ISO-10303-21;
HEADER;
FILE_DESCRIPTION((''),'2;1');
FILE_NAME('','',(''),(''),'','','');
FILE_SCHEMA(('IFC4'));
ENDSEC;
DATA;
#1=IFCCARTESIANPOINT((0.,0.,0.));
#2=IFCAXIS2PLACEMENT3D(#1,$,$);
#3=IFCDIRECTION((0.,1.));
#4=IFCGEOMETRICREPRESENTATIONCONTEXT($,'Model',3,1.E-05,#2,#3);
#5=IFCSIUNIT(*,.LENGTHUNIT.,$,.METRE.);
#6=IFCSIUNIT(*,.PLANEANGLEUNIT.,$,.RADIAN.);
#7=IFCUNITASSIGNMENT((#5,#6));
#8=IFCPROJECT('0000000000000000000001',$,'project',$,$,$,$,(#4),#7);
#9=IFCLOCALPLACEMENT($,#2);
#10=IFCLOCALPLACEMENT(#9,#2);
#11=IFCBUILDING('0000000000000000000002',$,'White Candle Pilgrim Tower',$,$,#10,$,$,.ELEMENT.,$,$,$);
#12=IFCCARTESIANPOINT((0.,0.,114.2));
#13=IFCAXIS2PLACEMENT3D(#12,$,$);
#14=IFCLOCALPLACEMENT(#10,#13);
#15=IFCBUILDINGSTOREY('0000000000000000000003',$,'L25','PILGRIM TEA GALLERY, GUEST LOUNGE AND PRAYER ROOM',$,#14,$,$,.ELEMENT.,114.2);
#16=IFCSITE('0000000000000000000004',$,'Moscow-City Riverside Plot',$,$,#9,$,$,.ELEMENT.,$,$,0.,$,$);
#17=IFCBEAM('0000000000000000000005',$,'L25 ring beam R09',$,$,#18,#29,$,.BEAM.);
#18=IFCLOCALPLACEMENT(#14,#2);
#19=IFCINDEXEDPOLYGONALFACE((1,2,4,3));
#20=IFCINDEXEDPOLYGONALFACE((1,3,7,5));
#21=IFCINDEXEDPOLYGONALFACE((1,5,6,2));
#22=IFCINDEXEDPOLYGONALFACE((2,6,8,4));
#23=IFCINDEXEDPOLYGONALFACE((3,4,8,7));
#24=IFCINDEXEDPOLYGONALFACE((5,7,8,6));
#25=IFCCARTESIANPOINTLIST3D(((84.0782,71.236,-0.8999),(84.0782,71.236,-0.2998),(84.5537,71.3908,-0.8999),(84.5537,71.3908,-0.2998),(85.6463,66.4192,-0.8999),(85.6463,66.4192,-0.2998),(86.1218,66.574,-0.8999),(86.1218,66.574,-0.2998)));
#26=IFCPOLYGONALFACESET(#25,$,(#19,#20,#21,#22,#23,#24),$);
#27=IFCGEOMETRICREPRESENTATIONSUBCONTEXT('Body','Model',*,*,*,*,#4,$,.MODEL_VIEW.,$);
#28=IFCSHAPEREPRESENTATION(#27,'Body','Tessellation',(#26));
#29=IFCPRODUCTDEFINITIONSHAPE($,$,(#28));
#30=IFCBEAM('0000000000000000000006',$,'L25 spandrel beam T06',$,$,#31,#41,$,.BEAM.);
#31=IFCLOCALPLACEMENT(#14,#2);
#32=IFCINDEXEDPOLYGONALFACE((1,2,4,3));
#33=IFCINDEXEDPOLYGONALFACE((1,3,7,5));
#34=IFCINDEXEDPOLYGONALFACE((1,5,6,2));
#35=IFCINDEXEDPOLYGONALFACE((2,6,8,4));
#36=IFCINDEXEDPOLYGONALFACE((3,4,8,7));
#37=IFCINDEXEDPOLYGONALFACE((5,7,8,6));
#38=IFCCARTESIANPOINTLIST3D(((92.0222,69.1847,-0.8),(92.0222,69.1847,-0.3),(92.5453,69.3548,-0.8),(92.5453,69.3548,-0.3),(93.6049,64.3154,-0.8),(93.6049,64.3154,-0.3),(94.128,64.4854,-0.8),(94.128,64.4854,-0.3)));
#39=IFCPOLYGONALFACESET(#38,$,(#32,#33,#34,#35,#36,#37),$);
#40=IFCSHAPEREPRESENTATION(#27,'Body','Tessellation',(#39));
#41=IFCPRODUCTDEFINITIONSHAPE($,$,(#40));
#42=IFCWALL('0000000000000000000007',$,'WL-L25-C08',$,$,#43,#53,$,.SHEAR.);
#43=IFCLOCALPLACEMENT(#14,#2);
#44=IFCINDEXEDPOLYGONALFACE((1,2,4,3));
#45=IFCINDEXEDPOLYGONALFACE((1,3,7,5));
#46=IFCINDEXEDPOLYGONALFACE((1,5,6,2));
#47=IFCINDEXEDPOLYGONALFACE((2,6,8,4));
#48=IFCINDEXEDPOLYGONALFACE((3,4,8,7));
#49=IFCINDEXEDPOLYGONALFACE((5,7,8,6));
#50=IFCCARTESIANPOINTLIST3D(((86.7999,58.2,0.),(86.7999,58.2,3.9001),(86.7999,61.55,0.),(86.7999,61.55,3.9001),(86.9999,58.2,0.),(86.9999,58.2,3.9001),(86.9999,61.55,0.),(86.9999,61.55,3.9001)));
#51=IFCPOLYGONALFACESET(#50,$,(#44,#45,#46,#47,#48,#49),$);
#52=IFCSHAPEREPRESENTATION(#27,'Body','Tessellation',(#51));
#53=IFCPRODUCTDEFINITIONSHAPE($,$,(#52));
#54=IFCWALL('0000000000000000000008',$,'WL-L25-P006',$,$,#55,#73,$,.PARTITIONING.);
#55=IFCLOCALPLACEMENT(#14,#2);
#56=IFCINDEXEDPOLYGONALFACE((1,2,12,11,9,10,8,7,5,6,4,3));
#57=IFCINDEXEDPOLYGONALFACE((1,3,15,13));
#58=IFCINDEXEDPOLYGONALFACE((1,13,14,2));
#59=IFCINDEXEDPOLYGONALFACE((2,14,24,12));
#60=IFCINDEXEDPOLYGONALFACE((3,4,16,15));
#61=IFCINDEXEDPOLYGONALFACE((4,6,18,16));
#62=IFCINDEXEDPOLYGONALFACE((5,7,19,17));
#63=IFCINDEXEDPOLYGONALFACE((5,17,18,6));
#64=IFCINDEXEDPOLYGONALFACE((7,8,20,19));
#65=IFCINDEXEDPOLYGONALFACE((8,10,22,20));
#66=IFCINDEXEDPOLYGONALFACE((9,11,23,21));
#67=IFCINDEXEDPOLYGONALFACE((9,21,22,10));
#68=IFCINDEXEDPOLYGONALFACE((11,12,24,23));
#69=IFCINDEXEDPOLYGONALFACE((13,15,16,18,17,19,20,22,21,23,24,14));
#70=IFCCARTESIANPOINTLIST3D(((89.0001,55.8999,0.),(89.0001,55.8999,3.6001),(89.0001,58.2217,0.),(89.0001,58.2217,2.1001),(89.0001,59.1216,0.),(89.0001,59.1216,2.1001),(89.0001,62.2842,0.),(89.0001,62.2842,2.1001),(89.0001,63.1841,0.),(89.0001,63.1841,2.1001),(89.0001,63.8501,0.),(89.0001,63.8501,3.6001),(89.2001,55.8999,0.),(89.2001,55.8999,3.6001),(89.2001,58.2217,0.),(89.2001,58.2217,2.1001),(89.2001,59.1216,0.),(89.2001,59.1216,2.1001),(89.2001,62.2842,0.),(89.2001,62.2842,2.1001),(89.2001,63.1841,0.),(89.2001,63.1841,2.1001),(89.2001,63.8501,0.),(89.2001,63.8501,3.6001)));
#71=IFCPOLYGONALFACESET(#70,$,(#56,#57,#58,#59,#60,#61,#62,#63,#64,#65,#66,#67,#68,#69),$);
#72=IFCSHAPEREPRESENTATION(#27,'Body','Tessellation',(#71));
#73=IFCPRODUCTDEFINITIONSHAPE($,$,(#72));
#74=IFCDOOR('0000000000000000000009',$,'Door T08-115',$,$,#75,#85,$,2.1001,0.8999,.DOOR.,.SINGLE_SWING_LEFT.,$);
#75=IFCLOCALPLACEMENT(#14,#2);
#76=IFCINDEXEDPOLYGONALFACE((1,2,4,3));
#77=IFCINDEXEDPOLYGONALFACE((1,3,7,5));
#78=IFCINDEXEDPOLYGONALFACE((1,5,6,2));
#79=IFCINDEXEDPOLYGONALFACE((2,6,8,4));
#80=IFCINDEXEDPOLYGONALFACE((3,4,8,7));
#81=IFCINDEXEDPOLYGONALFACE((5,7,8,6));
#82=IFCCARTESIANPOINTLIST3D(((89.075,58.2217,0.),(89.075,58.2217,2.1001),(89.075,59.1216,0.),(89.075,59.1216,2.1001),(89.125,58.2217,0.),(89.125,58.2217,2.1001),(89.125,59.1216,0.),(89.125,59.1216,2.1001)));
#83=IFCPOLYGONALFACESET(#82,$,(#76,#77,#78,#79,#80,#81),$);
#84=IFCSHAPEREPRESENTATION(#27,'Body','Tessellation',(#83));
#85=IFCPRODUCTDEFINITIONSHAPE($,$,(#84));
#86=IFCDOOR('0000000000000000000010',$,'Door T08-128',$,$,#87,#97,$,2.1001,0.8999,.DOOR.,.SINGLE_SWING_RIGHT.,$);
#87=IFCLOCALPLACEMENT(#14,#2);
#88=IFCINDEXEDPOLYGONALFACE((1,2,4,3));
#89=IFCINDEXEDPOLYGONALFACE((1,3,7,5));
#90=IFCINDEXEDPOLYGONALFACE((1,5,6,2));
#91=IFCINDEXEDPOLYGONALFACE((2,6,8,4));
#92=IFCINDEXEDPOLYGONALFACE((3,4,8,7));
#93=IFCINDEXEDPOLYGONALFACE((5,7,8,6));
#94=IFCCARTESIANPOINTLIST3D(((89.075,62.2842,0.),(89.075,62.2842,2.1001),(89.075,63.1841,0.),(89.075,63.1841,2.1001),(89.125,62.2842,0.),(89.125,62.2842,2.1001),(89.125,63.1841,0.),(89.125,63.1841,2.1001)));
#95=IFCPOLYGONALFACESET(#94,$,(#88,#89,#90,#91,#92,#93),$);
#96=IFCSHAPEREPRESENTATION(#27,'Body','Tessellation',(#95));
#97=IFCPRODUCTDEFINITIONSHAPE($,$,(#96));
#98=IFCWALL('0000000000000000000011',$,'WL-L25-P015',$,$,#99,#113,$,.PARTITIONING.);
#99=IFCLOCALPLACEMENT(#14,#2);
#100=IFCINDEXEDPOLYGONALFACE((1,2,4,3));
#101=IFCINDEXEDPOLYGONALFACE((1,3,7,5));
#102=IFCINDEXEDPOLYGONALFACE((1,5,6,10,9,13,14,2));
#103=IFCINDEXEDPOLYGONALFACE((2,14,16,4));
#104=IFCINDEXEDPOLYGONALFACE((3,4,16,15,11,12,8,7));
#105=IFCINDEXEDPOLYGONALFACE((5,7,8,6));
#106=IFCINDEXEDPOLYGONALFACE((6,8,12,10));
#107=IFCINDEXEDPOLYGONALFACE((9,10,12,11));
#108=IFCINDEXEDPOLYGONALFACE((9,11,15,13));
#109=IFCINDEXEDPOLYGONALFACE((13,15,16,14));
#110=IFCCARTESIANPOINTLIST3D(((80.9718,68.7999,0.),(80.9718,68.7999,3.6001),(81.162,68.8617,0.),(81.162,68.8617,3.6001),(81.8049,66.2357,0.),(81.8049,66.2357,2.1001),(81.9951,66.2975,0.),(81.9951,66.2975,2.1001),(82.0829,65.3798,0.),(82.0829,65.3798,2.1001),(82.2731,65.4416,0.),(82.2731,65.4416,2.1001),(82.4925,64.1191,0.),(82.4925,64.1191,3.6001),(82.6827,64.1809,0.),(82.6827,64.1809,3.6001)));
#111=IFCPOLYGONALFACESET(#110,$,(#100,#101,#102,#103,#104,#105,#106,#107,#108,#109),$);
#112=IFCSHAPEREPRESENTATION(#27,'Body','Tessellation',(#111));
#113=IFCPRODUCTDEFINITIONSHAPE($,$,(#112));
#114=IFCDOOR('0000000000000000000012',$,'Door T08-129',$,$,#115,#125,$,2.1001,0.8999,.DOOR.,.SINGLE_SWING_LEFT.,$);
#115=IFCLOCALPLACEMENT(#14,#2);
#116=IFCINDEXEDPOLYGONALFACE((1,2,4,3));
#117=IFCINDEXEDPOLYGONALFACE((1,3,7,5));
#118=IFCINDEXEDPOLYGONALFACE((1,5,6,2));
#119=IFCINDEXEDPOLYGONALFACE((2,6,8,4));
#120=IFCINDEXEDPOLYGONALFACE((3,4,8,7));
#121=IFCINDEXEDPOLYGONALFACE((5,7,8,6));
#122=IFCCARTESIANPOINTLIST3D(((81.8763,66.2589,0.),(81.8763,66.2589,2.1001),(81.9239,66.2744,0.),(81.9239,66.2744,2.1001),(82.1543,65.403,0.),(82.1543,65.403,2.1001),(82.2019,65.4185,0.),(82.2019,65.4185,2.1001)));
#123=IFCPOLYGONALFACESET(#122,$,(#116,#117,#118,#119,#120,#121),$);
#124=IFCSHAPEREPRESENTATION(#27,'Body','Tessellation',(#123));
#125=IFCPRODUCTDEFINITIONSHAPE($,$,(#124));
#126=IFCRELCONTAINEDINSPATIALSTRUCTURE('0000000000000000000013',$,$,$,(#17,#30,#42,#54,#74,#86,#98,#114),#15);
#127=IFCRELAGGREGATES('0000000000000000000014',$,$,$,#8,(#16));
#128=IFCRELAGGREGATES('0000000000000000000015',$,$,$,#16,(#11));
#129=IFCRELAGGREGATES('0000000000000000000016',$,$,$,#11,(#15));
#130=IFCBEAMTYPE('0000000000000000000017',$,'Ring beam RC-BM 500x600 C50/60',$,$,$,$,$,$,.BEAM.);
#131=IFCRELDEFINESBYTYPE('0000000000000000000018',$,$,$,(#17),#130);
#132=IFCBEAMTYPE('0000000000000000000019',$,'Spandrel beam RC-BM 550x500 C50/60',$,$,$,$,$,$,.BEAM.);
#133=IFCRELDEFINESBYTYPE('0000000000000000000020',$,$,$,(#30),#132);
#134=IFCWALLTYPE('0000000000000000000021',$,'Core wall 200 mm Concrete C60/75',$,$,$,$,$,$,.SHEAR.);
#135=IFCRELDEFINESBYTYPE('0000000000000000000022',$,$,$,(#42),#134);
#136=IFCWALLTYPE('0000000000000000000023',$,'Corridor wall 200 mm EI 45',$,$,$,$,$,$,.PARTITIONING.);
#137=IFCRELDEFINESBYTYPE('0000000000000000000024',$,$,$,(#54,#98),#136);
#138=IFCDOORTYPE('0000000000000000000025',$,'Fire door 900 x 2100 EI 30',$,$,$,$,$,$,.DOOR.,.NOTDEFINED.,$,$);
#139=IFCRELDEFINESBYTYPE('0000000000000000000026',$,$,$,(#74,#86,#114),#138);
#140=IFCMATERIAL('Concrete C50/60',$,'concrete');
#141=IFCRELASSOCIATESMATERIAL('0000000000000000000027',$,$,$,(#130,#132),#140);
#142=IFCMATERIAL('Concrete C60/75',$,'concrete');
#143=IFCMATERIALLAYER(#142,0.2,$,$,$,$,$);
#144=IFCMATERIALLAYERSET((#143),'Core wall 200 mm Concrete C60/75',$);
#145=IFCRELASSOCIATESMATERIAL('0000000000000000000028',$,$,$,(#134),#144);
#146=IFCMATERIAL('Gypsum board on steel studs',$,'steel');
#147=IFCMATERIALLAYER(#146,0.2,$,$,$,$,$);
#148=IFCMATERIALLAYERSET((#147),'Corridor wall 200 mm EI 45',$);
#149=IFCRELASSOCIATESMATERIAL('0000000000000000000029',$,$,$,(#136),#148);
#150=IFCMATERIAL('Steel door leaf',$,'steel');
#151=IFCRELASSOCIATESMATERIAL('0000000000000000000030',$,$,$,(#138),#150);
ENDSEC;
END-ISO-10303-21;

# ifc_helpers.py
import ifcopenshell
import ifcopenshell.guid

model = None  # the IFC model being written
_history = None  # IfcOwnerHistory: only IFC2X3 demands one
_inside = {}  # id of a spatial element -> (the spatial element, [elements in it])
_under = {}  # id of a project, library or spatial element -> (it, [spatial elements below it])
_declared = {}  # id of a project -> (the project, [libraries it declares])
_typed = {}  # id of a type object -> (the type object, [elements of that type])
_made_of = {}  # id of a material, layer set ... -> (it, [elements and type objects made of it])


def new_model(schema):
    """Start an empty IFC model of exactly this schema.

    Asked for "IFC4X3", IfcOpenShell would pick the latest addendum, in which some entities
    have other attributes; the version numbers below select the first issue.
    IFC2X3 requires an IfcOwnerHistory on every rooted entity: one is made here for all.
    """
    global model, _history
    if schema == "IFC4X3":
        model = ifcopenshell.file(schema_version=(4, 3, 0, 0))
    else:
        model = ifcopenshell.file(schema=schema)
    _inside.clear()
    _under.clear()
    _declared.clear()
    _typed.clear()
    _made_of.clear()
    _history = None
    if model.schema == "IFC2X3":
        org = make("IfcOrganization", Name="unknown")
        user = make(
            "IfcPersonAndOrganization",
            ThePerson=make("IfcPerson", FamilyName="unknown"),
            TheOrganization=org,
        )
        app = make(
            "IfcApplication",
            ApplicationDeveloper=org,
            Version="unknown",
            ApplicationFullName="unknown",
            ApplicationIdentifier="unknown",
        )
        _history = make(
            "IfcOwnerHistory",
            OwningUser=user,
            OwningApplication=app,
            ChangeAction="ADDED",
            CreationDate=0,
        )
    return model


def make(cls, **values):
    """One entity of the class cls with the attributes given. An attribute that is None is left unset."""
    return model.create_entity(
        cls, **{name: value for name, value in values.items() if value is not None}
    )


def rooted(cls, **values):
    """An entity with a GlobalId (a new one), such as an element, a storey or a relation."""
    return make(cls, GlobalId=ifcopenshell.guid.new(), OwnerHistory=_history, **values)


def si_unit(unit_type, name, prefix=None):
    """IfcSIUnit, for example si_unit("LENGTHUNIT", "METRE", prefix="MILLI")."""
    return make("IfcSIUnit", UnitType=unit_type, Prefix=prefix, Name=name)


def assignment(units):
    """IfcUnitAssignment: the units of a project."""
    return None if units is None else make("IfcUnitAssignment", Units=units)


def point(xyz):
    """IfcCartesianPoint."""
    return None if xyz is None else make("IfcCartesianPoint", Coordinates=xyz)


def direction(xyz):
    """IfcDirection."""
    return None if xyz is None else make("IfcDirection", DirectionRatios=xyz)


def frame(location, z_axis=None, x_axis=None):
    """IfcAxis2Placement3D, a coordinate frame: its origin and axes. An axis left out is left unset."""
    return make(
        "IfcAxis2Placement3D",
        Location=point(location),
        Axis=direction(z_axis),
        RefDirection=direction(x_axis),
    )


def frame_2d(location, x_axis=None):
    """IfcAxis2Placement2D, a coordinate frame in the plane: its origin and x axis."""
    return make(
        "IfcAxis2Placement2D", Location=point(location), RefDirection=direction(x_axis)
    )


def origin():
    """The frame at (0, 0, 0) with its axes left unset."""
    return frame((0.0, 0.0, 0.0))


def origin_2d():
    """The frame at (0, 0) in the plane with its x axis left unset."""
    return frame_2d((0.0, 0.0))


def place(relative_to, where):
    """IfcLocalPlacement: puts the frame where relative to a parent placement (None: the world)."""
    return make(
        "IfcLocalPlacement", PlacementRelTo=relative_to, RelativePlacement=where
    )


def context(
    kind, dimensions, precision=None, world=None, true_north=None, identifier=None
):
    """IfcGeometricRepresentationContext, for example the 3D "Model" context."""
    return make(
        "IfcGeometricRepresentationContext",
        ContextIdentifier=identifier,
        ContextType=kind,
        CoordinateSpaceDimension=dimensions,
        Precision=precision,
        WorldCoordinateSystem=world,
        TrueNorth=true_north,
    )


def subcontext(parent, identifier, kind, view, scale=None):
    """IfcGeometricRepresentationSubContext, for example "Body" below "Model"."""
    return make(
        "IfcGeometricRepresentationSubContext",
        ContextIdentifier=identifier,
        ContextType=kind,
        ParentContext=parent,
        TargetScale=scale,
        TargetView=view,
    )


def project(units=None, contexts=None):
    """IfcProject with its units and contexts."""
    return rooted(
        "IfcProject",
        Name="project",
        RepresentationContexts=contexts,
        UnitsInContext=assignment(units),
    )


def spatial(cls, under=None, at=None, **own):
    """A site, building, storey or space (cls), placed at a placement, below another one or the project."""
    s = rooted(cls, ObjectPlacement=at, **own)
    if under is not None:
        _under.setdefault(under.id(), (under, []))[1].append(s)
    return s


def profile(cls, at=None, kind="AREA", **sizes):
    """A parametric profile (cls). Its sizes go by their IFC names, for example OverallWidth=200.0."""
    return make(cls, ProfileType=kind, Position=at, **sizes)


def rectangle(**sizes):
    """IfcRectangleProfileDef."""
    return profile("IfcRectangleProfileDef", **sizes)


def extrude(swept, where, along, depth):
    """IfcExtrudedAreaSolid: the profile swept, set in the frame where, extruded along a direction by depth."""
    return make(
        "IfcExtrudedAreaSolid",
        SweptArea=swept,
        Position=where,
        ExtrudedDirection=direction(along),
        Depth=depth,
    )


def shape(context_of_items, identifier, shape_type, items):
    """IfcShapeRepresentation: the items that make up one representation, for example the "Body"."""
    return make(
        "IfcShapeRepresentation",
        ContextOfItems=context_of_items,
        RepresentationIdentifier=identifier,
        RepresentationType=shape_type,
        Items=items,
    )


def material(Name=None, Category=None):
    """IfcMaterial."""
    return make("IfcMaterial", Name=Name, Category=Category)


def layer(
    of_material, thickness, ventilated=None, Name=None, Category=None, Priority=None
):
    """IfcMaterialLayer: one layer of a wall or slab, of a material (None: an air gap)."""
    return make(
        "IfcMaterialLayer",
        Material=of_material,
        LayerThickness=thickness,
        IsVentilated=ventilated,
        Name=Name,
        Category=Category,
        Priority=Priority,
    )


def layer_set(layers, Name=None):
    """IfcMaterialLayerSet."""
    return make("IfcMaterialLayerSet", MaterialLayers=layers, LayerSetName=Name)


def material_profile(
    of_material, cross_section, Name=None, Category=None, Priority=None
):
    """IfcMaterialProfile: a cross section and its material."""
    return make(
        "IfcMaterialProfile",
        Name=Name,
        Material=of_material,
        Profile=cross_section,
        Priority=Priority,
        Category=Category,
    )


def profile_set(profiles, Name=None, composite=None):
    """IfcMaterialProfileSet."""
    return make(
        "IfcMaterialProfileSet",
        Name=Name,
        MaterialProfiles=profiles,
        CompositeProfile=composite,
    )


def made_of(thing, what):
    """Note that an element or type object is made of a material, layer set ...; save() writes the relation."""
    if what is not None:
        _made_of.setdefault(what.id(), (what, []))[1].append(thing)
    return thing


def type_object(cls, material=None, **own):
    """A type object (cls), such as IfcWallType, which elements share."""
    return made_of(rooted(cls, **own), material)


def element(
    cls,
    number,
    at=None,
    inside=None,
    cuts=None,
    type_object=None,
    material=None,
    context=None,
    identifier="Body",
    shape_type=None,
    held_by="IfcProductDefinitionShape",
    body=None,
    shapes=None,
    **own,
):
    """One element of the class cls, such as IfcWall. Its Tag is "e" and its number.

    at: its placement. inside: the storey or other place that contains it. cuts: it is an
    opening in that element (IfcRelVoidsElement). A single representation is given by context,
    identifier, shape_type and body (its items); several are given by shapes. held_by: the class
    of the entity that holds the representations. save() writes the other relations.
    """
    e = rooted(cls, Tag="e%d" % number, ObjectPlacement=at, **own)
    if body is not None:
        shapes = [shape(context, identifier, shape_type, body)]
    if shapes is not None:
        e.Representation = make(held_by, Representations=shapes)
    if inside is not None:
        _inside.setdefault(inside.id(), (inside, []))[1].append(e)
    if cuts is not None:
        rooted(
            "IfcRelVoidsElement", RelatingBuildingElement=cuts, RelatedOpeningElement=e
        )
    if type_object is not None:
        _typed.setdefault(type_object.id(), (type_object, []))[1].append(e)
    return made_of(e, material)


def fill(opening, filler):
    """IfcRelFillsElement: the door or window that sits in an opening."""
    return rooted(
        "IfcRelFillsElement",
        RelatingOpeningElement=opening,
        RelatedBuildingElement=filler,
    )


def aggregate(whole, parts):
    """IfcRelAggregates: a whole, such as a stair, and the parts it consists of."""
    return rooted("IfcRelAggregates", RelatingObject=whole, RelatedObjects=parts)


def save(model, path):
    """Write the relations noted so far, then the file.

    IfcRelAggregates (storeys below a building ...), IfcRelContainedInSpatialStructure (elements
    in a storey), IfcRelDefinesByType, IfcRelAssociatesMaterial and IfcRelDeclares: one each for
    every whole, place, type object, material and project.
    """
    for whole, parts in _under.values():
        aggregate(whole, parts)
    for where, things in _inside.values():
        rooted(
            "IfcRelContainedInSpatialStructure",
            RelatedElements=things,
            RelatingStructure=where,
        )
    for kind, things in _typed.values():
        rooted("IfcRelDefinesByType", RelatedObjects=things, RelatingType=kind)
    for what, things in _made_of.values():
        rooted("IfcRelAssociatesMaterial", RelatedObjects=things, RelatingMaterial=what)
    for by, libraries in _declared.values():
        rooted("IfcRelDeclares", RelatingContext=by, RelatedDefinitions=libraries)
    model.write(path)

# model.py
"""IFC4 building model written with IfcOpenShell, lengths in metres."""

from ifc_helpers import new_model, si_unit, direction, frame, frame_2d, origin, origin_2d, place, context, subcontext, project, spatial, rectangle, extrude, material, layer, layer_set, material_profile, profile_set, type_object, element, fill, save


model = new_model("IFC4")

# Units and contexts
model_context = context("Model", 3, precision=1e-05, world=origin(), true_north=direction((0.0, 1.0)))
body_context = subcontext(model_context, "Body", "Model", "MODEL_VIEW")
ifc_project = project(units=[si_unit("LENGTHUNIT", "METRE"), si_unit("PLANEANGLEUNIT", "RADIAN")], contexts=[model_context])

# Site, building, storey
site_placement = place(None, origin())
site = spatial("IfcSite", under=ifc_project, at=site_placement, Name="Moscow-City Riverside Plot", CompositionType="ELEMENT", RefElevation=0.0)
building_placement = place(site_placement, origin())
building = spatial("IfcBuilding", under=site, at=building_placement, Name="White Candle Pilgrim Tower", CompositionType="ELEMENT")
storey_placement = place(building_placement, frame((0.0, 0.0, 114.2)))
storey = spatial("IfcBuildingStorey", under=building, at=storey_placement, Name="L25", Description="PILGRIM TEA GALLERY, GUEST LOUNGE AND PRAYER ROOM", CompositionType="ELEMENT", Elevation=114.2)

# Beams
ifc_material_1 = material(Name="Concrete C50/60", Category="concrete")
ifc_material_profile_1 = material_profile(ifc_material_1, rectangle(XDim=0.5, YDim=0.6001, at=origin_2d()), Name="RC-BM 500x600")
ifc_profile_set_1 = profile_set([ifc_material_profile_1], Name="Concrete C50/60")
beam_type_1 = type_object("IfcBeamType", Name="Ring beam RC-BM 500x600 C50/60", PredefinedType="BEAM", material=ifc_profile_set_1)
beam_1_placement = place(storey_placement, frame((85.884, 66.4966, -0.5999), z_axis=(-0.309555, 0.950882, 0.0), x_axis=(-0.950882, -0.309555, 0.0)))
element("IfcBeam", 1, at=beam_1_placement, inside=storey, type_object=beam_type_1, Name="L25 ring beam R09", PredefinedType="BEAM", context=body_context, shape_type="SweptSolid", body=[
    extrude(rectangle(XDim=0.5, YDim=0.6001, at=origin_2d()), origin(), (0.0, 0.0, 1.0), 5.0657),
])
ifc_material_profile_2 = material_profile(ifc_material_1, rectangle(XDim=0.55, YDim=0.5, at=origin_2d()), Name="RC-BM 550x500")
ifc_profile_set_2 = profile_set([ifc_material_profile_2], Name="Concrete C50/60")
beam_type_2 = type_object("IfcBeamType", Name="Spandrel beam RC-BM 550x500 C50/60", PredefinedType="BEAM", material=ifc_profile_set_2)
beam_2_placement = place(storey_placement, frame((93.8665, 64.4004, -0.55), z_axis=(-0.309124, 0.951022, 0.0), x_axis=(-0.951022, -0.309124, 0.0)))
element("IfcBeam", 2, at=beam_2_placement, inside=storey, type_object=beam_type_2, Name="L25 spandrel beam T06", PredefinedType="BEAM", context=body_context, shape_type="SweptSolid", body=[
    extrude(rectangle(XDim=0.55, YDim=0.5, at=origin_2d()), origin(), (0.0, 0.0, 1.0), 5.1201),
])

# Wall
ifc_material_2 = material(Name="Concrete C60/75", Category="concrete")
ifc_layer_1 = layer(ifc_material_2, 0.2)
ifc_layer_set_1 = layer_set([ifc_layer_1], Name="Core wall 200 mm Concrete C60/75")
wall_type_1 = type_object("IfcWallType", Name="Core wall 200 mm Concrete C60/75", PredefinedType="SHEAR", material=ifc_layer_set_1)
wall_1_placement = place(storey_placement, frame((86.8999, 58.2, 0.0), z_axis=(0.0, 0.0, 1.0), x_axis=(0.0, 1.0, 0.0)))
element("IfcWall", 3, at=wall_1_placement, inside=storey, type_object=wall_type_1, Name="WL-L25-C08", PredefinedType="SHEAR", context=body_context, shape_type="SweptSolid", body=[
    extrude(rectangle(XDim=3.3501, YDim=0.2, at=frame_2d((1.675, 0.0))), origin(), (0.0, 0.0, 1.0), 3.9001),
])

# Wall, openings, doors
ifc_material_3 = material(Name="Gypsum board on steel studs", Category="steel")
ifc_layer_2 = layer(ifc_material_3, 0.2)
ifc_layer_set_2 = layer_set([ifc_layer_2], Name="Corridor wall 200 mm EI 45")
wall_type_2 = type_object("IfcWallType", Name="Corridor wall 200 mm EI 45", PredefinedType="PARTITIONING", material=ifc_layer_set_2)
wall_2_placement = place(storey_placement, frame((89.1001, 63.8501, 0.0), z_axis=(0.0, 0.0, 1.0), x_axis=(0.0, -1.0, 0.0)))
wall_2 = element("IfcWall", 4, at=wall_2_placement, inside=storey, type_object=wall_type_2, Name="WL-L25-P006", PredefinedType="PARTITIONING", context=body_context, shape_type="SweptSolid", body=[
    extrude(rectangle(XDim=7.9502, YDim=0.2, at=frame_2d((3.9751, 0.0))), origin(), (0.0, 0.0, 1.0), 3.6001),
])
opening_1_placement = place(wall_2_placement, frame((4.7285, 0.0, 0.0)))
opening_1 = element("IfcOpeningElement", 5, at=opening_1_placement, cuts=wall_2, PredefinedType="OPENING", context=body_context, shape_type="SweptSolid", body=[
    extrude(rectangle(XDim=0.8999, YDim=2.1001, at=frame_2d((0.45, 1.05))), frame((0.0, 0.1099, 0.0), z_axis=(0.0, -1.0, 0.0), x_axis=(1.0, 0.0, 0.0)), (0.0, 0.0, 1.0), 0.22),
])
opening_2_placement = place(wall_2_placement, frame((0.666, 0.0, 0.0)))
opening_2 = element("IfcOpeningElement", 6, at=opening_2_placement, cuts=wall_2, PredefinedType="OPENING", context=body_context, shape_type="SweptSolid", body=[
    extrude(rectangle(XDim=0.8999, YDim=2.1001, at=frame_2d((0.45, 1.05))), frame((0.0, 0.1099, 0.0), z_axis=(0.0, -1.0, 0.0), x_axis=(1.0, 0.0, 0.0)), (0.0, 0.0, 1.0), 0.22),
])
ifc_material_4 = material(Name="Steel door leaf", Category="steel")
door_type = type_object("IfcDoorType", Name="Fire door 900 x 2100 EI 30", OperationType="NOTDEFINED", PredefinedType="DOOR", material=ifc_material_4)
door_1_placement = place(opening_1_placement, origin())
door_1 = element("IfcDoor", 7, at=door_1_placement, inside=storey, type_object=door_type, Name="Door T08-115", OperationType="SINGLE_SWING_LEFT", OverallHeight=2.1001, OverallWidth=0.8999, PredefinedType="DOOR", context=body_context, shape_type="SweptSolid", body=[
    extrude(rectangle(XDim=0.8999, YDim=2.1001, at=frame_2d((0.45, 1.05))), frame((0.0, 0.0249, 0.0), z_axis=(0.0, -1.0, 0.0), x_axis=(1.0, 0.0, 0.0)), (0.0, 0.0, 1.0), 0.05),
])
fill(opening_1, door_1)
door_2_placement = place(opening_2_placement, origin())
door_2 = element("IfcDoor", 8, at=door_2_placement, inside=storey, type_object=door_type, Name="Door T08-128", OperationType="SINGLE_SWING_RIGHT", OverallHeight=2.1001, OverallWidth=0.8999, PredefinedType="DOOR", context=body_context, shape_type="SweptSolid", body=[
    extrude(rectangle(XDim=0.8999, YDim=2.1001, at=frame_2d((0.45, 1.05))), frame((0.0, 0.0249, 0.0), z_axis=(0.0, -1.0, 0.0), x_axis=(1.0, 0.0, 0.0)), (0.0, 0.0, 1.0), 0.05),
])
fill(opening_2, door_2)

# Wall, opening, door
wall_3_placement = place(storey_placement, frame((82.5876, 64.1499, 0.0), z_axis=(0.0, 0.0, 1.0), x_axis=(-0.308986, 0.951067, 0.0)))
wall_3 = element("IfcWall", 9, at=wall_3_placement, inside=storey, type_object=wall_type_2, Name="WL-L25-P015", PredefinedType="PARTITIONING", context=body_context, shape_type="SweptSolid", body=[
    extrude(rectangle(XDim=4.9216, YDim=0.2, at=frame_2d((2.4609, 0.0))), origin(), (0.0, 0.0, 1.0), 3.6001),
])
opening_3_placement = place(wall_3_placement, frame((1.3257, 0.0, 0.0)))
opening_3 = element("IfcOpeningElement", 10, at=opening_3_placement, cuts=wall_3, PredefinedType="OPENING", context=body_context, shape_type="SweptSolid", body=[
    extrude(rectangle(XDim=0.8999, YDim=2.1001, at=frame_2d((0.45, 1.05))), frame((0.0, 0.1099, 0.0), z_axis=(0.0, -1.0, 0.0), x_axis=(1.0, 0.0, 0.0)), (0.0, 0.0, 1.0), 0.22),
])
door_3_placement = place(opening_3_placement, origin())
door_3 = element("IfcDoor", 11, at=door_3_placement, inside=storey, type_object=door_type, Name="Door T08-129", OperationType="SINGLE_SWING_LEFT", OverallHeight=2.1001, OverallWidth=0.8999, PredefinedType="DOOR", context=body_context, shape_type="SweptSolid", body=[
    extrude(rectangle(XDim=0.8999, YDim=2.1001, at=frame_2d((0.45, 1.05))), frame((0.0, 0.0249, 0.0), z_axis=(0.0, -1.0, 0.0), x_axis=(1.0, 0.0, 0.0)), (0.0, 0.0, 1.0), 0.05),
])
fill(opening_3, door_3)

save(model, "model.ifc")
